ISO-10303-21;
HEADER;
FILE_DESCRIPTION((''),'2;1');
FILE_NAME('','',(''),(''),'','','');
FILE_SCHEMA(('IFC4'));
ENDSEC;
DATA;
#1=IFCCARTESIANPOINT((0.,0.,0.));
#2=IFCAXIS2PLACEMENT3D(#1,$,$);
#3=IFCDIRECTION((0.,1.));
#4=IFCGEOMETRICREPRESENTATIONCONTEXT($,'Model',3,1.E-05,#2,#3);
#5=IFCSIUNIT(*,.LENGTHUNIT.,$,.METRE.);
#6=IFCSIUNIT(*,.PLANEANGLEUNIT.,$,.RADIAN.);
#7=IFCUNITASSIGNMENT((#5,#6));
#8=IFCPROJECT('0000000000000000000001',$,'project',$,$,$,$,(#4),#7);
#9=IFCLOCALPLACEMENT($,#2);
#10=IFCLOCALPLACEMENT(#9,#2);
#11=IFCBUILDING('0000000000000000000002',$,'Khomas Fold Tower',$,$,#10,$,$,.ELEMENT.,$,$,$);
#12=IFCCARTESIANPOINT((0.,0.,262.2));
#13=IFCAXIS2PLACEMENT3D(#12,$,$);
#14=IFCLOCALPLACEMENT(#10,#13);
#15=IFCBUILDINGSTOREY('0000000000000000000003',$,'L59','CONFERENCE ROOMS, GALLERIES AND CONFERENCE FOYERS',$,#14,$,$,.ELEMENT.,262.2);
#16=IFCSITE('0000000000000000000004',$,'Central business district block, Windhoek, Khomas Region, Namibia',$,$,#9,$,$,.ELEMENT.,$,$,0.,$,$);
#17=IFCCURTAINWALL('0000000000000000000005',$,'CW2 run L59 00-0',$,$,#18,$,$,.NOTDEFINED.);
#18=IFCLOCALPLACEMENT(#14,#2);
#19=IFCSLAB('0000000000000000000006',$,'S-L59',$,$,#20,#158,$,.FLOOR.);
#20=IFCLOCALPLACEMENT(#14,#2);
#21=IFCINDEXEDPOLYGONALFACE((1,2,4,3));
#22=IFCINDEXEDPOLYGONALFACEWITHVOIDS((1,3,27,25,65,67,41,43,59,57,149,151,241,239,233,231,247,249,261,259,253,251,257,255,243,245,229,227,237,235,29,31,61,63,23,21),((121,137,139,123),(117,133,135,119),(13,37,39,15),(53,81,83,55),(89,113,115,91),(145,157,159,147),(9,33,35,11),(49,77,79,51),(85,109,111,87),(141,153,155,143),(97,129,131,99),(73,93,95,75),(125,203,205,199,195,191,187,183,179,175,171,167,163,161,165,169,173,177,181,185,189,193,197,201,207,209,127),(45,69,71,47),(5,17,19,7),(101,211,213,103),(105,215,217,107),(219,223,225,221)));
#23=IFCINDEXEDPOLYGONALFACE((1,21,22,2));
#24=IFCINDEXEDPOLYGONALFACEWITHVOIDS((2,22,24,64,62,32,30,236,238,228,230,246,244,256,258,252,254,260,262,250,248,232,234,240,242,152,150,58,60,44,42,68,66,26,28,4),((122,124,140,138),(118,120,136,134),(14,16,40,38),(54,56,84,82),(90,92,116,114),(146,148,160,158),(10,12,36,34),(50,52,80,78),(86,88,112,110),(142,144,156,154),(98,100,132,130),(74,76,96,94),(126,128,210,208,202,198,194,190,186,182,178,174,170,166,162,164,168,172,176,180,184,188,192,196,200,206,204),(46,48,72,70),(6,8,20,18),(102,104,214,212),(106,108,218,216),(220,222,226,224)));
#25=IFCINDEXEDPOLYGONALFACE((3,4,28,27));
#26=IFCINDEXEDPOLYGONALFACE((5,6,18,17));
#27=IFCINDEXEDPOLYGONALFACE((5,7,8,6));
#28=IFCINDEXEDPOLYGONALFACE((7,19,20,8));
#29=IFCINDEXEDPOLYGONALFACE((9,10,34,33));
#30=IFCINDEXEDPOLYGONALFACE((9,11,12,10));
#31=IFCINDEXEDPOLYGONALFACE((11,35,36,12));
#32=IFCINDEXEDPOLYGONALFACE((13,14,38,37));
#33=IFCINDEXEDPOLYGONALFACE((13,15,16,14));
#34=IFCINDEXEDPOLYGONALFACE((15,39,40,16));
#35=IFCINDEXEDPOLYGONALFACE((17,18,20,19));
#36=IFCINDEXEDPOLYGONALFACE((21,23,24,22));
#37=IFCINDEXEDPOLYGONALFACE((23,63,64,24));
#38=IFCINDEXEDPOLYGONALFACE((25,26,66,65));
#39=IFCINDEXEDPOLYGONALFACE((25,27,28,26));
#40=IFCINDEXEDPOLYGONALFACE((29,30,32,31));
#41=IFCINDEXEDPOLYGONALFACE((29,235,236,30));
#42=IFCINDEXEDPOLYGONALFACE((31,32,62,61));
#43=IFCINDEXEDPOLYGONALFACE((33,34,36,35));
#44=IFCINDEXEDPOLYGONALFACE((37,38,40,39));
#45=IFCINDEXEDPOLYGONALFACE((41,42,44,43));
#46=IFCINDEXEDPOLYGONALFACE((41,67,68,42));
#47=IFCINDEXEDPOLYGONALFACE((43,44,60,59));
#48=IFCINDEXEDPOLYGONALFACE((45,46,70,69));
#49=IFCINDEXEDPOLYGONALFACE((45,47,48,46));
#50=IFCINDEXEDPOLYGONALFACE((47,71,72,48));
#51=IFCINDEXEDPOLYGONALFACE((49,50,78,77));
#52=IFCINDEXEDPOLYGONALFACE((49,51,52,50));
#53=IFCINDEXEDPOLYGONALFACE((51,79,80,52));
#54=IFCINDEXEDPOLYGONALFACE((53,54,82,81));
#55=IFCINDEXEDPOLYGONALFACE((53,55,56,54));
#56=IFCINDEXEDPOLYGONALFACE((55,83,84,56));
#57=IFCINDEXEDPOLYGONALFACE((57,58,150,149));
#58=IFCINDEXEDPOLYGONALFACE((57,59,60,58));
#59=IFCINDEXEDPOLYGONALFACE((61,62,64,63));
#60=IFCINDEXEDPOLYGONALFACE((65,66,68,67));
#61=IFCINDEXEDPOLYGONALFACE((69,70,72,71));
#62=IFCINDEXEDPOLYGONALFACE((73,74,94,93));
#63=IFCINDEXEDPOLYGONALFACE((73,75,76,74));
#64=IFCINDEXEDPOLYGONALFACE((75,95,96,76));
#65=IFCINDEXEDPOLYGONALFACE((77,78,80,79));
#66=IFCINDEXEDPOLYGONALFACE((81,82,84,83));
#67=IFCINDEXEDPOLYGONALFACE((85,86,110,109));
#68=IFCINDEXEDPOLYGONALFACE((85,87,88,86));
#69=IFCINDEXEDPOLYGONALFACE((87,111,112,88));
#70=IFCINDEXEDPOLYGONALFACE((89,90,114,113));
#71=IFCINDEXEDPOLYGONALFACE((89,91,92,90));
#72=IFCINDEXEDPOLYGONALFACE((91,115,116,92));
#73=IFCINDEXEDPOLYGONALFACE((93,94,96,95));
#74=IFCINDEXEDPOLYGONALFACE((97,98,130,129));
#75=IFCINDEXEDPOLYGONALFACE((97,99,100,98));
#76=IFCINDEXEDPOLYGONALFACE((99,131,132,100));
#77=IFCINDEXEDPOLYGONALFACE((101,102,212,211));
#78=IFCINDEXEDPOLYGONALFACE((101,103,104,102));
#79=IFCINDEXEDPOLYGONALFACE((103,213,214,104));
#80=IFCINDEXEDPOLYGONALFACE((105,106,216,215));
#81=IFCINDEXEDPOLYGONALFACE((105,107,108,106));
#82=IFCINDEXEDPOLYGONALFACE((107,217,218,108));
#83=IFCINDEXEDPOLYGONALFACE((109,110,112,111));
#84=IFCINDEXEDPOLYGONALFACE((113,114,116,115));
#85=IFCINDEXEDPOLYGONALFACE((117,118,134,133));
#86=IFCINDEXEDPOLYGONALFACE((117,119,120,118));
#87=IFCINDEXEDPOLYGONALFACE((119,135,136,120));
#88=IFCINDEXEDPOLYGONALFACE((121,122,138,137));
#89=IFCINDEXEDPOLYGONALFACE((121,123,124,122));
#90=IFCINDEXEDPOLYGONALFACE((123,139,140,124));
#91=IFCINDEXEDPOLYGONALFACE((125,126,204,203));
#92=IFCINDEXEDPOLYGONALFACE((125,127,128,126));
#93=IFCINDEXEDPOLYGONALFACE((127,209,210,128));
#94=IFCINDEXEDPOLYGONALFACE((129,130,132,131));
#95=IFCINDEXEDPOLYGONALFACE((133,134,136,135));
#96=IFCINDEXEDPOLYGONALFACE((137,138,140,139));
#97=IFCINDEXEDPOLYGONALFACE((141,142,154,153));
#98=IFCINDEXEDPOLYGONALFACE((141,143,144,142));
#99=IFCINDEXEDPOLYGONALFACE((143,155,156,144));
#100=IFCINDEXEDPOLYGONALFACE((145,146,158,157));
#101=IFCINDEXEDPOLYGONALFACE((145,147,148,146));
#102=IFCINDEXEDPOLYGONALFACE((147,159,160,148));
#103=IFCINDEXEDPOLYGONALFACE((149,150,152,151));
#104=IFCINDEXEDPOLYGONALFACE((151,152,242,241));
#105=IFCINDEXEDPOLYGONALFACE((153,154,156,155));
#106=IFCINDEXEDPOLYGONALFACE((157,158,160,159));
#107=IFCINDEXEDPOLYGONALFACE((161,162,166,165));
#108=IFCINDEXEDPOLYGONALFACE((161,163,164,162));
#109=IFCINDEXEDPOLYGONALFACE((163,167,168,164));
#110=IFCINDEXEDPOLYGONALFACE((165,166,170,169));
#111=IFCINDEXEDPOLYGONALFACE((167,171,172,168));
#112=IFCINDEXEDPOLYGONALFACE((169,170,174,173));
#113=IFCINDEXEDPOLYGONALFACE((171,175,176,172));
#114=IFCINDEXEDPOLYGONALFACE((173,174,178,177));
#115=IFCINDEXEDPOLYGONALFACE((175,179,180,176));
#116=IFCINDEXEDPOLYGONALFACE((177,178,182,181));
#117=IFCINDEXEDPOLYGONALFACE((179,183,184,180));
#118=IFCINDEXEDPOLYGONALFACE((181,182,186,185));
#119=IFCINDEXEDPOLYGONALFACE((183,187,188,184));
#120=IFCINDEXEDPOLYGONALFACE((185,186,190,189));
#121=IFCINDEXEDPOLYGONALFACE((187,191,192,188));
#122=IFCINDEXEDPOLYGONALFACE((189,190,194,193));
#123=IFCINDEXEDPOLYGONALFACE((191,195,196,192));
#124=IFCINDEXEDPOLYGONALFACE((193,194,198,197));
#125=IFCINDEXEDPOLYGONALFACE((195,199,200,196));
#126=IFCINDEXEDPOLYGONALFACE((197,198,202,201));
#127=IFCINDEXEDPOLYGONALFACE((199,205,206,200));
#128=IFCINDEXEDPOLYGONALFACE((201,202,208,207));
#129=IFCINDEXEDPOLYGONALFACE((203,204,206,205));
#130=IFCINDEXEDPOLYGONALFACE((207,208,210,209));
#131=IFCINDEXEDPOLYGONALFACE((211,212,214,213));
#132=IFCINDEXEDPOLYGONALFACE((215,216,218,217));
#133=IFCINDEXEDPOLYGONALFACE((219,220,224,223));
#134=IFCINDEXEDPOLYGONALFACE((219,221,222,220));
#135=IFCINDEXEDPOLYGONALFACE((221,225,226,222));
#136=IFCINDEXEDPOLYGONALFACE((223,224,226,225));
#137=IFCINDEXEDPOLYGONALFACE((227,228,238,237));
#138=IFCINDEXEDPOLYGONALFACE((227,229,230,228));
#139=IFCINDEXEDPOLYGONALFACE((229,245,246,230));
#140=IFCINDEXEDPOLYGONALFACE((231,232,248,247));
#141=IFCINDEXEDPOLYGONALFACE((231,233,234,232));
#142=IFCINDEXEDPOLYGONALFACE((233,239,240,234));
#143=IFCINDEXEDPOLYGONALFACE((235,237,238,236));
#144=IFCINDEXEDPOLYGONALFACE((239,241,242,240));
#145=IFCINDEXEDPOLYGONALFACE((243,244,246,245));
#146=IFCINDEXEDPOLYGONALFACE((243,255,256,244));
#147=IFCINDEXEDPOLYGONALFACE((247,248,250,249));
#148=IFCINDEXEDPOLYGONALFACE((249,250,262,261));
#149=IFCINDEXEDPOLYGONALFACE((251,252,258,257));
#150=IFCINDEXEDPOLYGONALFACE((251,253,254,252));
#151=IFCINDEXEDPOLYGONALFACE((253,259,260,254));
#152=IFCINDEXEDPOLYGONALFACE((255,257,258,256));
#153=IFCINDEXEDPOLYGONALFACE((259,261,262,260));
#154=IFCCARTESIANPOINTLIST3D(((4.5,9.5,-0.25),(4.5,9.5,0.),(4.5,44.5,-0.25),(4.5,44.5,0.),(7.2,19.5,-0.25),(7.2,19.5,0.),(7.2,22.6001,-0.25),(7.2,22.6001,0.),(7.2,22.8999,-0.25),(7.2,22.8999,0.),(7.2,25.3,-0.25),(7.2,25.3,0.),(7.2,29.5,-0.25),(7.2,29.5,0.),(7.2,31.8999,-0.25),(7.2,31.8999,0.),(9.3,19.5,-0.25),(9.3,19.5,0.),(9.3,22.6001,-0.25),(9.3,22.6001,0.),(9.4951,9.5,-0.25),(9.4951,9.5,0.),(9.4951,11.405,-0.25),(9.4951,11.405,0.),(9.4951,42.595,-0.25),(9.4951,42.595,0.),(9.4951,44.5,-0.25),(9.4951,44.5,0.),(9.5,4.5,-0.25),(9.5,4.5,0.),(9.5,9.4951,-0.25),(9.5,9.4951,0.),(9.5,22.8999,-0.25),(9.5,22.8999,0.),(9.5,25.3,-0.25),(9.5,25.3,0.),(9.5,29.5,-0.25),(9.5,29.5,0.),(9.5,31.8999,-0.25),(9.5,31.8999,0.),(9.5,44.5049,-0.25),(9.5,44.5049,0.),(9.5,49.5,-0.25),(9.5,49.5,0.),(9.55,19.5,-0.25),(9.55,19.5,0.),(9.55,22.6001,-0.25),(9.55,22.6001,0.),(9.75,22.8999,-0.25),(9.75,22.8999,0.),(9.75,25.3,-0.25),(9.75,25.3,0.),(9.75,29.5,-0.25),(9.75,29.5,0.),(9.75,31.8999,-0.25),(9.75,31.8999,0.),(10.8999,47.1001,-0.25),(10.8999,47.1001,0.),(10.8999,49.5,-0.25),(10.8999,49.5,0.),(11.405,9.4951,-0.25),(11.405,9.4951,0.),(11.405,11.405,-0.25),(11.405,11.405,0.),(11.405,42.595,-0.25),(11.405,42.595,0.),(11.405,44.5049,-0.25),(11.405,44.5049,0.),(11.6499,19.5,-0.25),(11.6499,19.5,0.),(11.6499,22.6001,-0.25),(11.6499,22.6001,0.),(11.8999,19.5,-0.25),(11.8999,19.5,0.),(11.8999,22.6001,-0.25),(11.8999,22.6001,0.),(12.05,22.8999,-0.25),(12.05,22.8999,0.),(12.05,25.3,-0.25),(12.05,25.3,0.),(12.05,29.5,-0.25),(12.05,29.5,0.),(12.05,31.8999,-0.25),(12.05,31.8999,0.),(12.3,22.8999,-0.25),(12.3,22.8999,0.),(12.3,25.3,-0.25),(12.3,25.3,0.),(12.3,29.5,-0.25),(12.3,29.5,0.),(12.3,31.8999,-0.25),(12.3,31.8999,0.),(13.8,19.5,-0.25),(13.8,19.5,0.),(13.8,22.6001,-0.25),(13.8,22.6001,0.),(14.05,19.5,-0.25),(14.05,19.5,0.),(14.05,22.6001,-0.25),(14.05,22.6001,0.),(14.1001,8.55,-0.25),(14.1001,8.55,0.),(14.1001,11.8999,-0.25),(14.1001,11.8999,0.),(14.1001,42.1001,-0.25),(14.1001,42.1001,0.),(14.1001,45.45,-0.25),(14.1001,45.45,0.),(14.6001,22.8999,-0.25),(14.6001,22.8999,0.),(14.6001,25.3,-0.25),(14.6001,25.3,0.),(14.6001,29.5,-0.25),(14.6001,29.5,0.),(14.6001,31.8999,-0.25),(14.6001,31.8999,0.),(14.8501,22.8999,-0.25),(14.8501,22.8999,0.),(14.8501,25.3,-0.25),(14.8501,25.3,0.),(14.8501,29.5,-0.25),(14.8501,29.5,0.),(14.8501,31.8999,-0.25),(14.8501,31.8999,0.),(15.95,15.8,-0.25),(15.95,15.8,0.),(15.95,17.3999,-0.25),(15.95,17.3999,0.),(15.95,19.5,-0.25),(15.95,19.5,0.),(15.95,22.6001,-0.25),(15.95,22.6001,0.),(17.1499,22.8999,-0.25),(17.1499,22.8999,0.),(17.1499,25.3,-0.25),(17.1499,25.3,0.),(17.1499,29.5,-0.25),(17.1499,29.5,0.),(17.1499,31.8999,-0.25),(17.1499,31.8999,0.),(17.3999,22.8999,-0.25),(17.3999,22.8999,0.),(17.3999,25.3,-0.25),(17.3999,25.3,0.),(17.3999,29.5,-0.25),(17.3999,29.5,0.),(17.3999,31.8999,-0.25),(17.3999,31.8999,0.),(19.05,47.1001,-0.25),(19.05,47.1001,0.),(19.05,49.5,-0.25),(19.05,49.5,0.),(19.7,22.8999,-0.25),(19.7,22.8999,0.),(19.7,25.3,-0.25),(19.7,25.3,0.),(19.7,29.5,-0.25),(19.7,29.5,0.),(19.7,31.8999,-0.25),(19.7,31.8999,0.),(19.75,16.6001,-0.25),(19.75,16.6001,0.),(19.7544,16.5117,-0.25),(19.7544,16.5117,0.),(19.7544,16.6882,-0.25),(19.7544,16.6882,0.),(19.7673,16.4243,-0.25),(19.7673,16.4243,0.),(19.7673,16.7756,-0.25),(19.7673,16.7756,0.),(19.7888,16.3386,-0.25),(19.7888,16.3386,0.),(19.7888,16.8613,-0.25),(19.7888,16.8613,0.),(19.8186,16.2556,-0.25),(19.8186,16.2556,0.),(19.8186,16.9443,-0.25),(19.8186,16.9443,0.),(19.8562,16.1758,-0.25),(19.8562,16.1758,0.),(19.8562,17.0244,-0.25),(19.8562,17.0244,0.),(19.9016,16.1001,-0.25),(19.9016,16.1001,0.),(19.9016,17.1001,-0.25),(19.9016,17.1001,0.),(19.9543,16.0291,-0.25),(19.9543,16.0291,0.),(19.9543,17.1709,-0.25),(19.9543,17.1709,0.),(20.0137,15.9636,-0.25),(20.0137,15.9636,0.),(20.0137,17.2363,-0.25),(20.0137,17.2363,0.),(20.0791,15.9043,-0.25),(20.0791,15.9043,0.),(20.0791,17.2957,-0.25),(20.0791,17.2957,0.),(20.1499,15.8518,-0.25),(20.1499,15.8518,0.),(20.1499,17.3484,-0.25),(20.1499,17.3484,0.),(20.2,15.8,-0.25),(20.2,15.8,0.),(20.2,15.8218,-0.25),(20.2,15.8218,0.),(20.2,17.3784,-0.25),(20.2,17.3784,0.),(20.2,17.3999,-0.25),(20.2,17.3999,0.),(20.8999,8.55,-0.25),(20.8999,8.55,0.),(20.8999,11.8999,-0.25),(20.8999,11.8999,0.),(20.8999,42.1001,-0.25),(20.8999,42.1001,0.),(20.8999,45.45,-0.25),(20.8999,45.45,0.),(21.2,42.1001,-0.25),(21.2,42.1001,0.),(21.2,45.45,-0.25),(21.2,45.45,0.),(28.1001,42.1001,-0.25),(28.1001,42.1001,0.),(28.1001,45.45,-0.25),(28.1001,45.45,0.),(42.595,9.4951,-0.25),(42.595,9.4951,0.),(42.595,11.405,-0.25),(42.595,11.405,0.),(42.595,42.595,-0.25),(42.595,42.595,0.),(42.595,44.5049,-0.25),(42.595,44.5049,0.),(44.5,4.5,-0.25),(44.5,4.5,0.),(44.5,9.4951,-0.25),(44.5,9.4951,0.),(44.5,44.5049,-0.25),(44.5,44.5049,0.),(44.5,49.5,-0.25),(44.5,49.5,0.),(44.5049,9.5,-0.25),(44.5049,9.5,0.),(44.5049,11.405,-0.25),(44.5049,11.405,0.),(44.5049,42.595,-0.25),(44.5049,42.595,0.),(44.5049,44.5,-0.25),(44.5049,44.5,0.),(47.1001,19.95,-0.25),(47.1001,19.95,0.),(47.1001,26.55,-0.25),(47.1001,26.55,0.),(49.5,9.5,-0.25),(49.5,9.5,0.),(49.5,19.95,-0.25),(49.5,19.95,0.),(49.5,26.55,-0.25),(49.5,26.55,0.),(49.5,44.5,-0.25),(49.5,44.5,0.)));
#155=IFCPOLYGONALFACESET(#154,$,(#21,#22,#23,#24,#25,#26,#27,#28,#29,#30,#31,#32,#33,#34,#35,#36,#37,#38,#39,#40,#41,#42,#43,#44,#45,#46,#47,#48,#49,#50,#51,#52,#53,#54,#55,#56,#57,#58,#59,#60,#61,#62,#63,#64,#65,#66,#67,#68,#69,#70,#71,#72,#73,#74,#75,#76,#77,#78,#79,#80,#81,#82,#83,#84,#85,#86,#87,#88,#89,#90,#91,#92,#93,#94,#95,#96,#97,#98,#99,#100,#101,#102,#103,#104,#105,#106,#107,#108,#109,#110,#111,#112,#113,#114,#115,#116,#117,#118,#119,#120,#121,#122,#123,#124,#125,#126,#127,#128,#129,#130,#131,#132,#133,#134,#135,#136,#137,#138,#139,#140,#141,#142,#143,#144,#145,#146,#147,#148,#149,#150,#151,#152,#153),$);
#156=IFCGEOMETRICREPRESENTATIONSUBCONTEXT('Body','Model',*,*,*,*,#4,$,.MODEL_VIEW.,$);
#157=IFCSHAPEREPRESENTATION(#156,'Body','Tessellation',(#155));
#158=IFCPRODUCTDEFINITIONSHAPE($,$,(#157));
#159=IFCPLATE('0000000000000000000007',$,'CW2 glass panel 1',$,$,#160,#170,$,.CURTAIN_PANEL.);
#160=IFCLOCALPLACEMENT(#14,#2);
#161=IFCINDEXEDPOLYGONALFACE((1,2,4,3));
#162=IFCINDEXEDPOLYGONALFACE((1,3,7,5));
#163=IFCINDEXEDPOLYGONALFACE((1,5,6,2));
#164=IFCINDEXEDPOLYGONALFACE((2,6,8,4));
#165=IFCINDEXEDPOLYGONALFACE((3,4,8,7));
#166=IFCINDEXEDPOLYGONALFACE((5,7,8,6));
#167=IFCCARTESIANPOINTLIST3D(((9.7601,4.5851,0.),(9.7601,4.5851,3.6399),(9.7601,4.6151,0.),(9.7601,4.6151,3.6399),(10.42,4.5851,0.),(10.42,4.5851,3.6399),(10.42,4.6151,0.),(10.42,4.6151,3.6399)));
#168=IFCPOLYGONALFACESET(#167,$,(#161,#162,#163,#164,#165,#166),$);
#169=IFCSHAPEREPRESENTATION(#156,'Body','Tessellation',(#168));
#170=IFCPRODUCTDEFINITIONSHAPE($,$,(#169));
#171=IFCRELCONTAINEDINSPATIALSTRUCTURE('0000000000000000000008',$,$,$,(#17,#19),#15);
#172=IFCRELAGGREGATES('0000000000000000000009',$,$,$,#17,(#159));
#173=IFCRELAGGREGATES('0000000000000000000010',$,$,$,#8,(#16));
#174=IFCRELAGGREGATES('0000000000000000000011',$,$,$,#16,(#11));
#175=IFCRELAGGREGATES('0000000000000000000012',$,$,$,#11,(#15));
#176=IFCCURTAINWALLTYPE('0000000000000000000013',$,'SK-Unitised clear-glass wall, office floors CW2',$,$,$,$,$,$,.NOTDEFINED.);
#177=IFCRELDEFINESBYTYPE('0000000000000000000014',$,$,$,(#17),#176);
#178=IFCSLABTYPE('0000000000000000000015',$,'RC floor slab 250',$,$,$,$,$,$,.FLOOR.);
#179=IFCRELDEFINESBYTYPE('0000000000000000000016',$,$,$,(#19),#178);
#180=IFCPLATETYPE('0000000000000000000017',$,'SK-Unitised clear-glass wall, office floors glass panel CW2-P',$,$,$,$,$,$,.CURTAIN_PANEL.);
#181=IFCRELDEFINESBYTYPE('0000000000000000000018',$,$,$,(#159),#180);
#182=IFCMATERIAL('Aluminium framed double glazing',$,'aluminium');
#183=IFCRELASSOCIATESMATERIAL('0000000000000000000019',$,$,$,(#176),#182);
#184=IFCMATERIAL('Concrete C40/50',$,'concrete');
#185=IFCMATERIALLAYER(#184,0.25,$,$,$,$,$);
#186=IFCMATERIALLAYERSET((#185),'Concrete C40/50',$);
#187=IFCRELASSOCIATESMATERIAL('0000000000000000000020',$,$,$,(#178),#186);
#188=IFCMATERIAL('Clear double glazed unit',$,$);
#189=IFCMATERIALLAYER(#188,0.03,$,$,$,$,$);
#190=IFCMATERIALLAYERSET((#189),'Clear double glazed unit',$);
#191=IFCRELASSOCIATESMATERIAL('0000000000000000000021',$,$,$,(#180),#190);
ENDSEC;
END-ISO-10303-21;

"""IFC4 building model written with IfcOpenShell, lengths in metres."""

from ifc_helpers import new_model, si_unit, direction, frame, origin, origin_2d, place, context, subcontext, project, spatial, polyline, rectangle, outline, extrude, source, transform, mapped, material, layer, layer_set, type_object, element, aggregate, save


model = new_model("IFC4")

# Units and contexts
model_context = context("Model", 3, precision=1e-05, world=origin(), true_north=direction((0.0, 1.0)))
body_context = subcontext(model_context, "Body", "Model", "MODEL_VIEW")
ifc_project = project(units=[si_unit("LENGTHUNIT", "METRE"), si_unit("PLANEANGLEUNIT", "RADIAN")], contexts=[model_context])

# Site, building, storey
site_placement = place(None, origin())
site = spatial("IfcSite", under=ifc_project, at=site_placement, Name="Central business district block, Windhoek, Khomas Region, Namibia", CompositionType="ELEMENT", RefElevation=0.0)
building_placement = place(site_placement, origin())
building = spatial("IfcBuilding", under=site, at=building_placement, Name="Khomas Fold Tower", CompositionType="ELEMENT")
storey_placement = place(building_placement, frame((0.0, 0.0, 262.2)))
storey = spatial("IfcBuildingStorey", under=building, at=storey_placement, Name="L59", Description="CONFERENCE ROOMS, GALLERIES AND CONFERENCE FOYERS", CompositionType="ELEMENT", Elevation=262.2)

# Curtain wall
ifc_material_1 = material(Name="Aluminium framed double glazing", Category="aluminium")
curtain_wall_type = type_object("IfcCurtainWallType", Name="SK-Unitised clear-glass wall, office floors CW2", PredefinedType="NOTDEFINED", material=ifc_material_1)
curtain_wall_1_placement = place(storey_placement, origin())
curtain_wall_1 = element("IfcCurtainWall", 1, at=curtain_wall_1_placement, inside=storey, type_object=curtain_wall_type, Name="CW2 run L59 00-0", PredefinedType="NOTDEFINED")

# Slab
ifc_material_2 = material(Name="Concrete C40/50", Category="concrete")
ifc_layer_1 = layer(ifc_material_2, 0.25)
ifc_layer_set_1 = layer_set([ifc_layer_1], Name="Concrete C40/50")
slab_type_1 = type_object("IfcSlabType", Name="RC floor slab 250", PredefinedType="FLOOR", material=ifc_layer_set_1)
shared_shape_1 = source(origin(), body_context, "Body", "SweptSolid", [
    extrude(outline(polyline([(4.5, 9.5), (9.4951, 9.5), (9.4951, 11.405), (11.405, 11.405), (11.405, 9.4951), (9.5, 9.4951), (9.5, 4.5), (44.5, 4.5), (44.5, 9.4951), (42.595, 9.4951), (42.595, 11.405), (44.5049, 11.405), (44.5049, 9.5), (49.5, 9.5), (49.5, 19.95), (47.1001, 19.95), (47.1001, 26.55), (49.5, 26.55), (49.5, 44.5), (44.5049, 44.5), (44.5049, 42.595), (42.595, 42.595), (42.595, 44.5049), (44.5, 44.5049), (44.5, 49.5), (19.05, 49.5), (19.05, 47.1001), (10.8999, 47.1001), (10.8999, 49.5), (9.5, 49.5), (9.5, 44.5049), (11.405, 44.5049), (11.405, 42.595), (9.4951, 42.595), (9.4951, 44.5), (4.5, 44.5), (4.5, 9.5)]), holes=[polyline([(7.2, 19.5), (7.2, 22.6001), (9.3, 22.6001), (9.3, 19.5), (7.2, 19.5)]), polyline([(7.2, 22.8999), (7.2, 25.3), (9.5, 25.3), (9.5, 22.8999), (7.2, 22.8999)]), polyline([(7.2, 29.5), (7.2, 31.8999), (9.5, 31.8999), (9.5, 29.5), (7.2, 29.5)]), polyline([(9.55, 19.5), (9.55, 22.6001), (11.6499, 22.6001), (11.6499, 19.5), (9.55, 19.5)]), polyline([(9.75, 22.8999), (9.75, 25.3), (12.05, 25.3), (12.05, 22.8999), (9.75, 22.8999)]), polyline([(9.75, 29.5), (9.75, 31.8999), (12.05, 31.8999), (12.05, 29.5), (9.75, 29.5)]), polyline([(11.8999, 19.5), (11.8999, 22.6001), (13.8, 22.6001), (13.8, 19.5), (11.8999, 19.5)]), polyline([(12.3, 22.8999), (12.3, 25.3), (14.6001, 25.3), (14.6001, 22.8999), (12.3, 22.8999)]), polyline([(12.3, 29.5), (12.3, 31.8999), (14.6001, 31.8999), (14.6001, 29.5), (12.3, 29.5)]), polyline([(14.05, 19.5), (14.05, 22.6001), (15.95, 22.6001), (15.95, 19.5), (14.05, 19.5)]), polyline([(14.1001, 8.55), (14.1001, 11.8999), (20.8999, 11.8999), (20.8999, 8.55), (14.1001, 8.55)]), polyline([(14.1001, 42.1001), (14.1001, 45.45), (20.8999, 45.45), (20.8999, 42.1001), (14.1001, 42.1001)]), polyline([(14.8501, 22.8999), (14.8501, 25.3), (17.1499, 25.3), (17.1499, 22.8999), (14.8501, 22.8999)]), polyline([(14.8501, 29.5), (14.8501, 31.8999), (17.1499, 31.8999), (17.1499, 29.5), (14.8501, 29.5)]), polyline([(15.95, 15.8), (15.95, 17.3999), (20.2, 17.3999), (20.2, 17.3784), (20.1499, 17.3484), (20.0791, 17.2957), (20.0137, 17.2363), (19.9543, 17.1709), (19.9016, 17.1001), (19.8562, 17.0244), (19.8186, 16.9443), (19.7888, 16.8613), (19.7673, 16.7756), (19.7544, 16.6882), (19.75, 16.6001), (19.7544, 16.5117), (19.7673, 16.4243), (19.7888, 16.3386), (19.8186, 16.2556), (19.8562, 16.1758), (19.9016, 16.1001), (19.9543, 16.0291), (20.0137, 15.9636), (20.0791, 15.9043), (20.1499, 15.8518), (20.2, 15.8218), (20.2, 15.8), (15.95, 15.8)]), polyline([(17.3999, 22.8999), (17.3999, 25.3), (19.7, 25.3), (19.7, 22.8999), (17.3999, 22.8999)]), polyline([(17.3999, 29.5), (17.3999, 31.8999), (19.7, 31.8999), (19.7, 29.5), (17.3999, 29.5)]), polyline([(21.2, 42.1001), (21.2, 45.45), (28.1001, 45.45), (28.1001, 42.1001), (21.2, 42.1001)])]), origin(), (0.0, 0.0, 1.0), 0.25),
])
slab_1_placement = place(storey_placement, frame((0.0, 0.0, -0.25)))
element("IfcSlab", 2, at=slab_1_placement, inside=storey, type_object=slab_type_1, Name="S-L59", PredefinedType="FLOOR", context=body_context, shape_type="MappedRepresentation", body=[
    mapped(shared_shape_1, transform((0.0, 0.0, 0.0))),
])

# Plate
ifc_material_3 = material(Name="Clear double glazed unit")
ifc_layer_2 = layer(ifc_material_3, 0.03)
ifc_layer_set_2 = layer_set([ifc_layer_2], Name="Clear double glazed unit")
plate_type = type_object("IfcPlateType", Name="SK-Unitised clear-glass wall, office floors glass panel CW2-P", PredefinedType="CURTAIN_PANEL", material=ifc_layer_set_2)
shared_shape_2 = source(origin(), body_context, "Body", "SweptSolid", [
    extrude(rectangle(XDim=0.6599, YDim=0.03, at=origin_2d()), origin(), (0.0, 0.0, 1.0), 3.6399),
])
plate_1_placement = place(storey_placement, frame((10.0901, 4.6001, 0.0), z_axis=(0.0, 0.0, 1.0), x_axis=(1.0, 0.0, 0.0)))
plate_1 = element("IfcPlate", 3, at=plate_1_placement, type_object=plate_type, Name="CW2 glass panel 1", PredefinedType="CURTAIN_PANEL", context=body_context, shape_type="MappedRepresentation", body=[
    mapped(shared_shape_2, transform((0.0, 0.0, 0.0))),
])
aggregate(curtain_wall_1, [plate_1])

save(model, "model.ifc")
